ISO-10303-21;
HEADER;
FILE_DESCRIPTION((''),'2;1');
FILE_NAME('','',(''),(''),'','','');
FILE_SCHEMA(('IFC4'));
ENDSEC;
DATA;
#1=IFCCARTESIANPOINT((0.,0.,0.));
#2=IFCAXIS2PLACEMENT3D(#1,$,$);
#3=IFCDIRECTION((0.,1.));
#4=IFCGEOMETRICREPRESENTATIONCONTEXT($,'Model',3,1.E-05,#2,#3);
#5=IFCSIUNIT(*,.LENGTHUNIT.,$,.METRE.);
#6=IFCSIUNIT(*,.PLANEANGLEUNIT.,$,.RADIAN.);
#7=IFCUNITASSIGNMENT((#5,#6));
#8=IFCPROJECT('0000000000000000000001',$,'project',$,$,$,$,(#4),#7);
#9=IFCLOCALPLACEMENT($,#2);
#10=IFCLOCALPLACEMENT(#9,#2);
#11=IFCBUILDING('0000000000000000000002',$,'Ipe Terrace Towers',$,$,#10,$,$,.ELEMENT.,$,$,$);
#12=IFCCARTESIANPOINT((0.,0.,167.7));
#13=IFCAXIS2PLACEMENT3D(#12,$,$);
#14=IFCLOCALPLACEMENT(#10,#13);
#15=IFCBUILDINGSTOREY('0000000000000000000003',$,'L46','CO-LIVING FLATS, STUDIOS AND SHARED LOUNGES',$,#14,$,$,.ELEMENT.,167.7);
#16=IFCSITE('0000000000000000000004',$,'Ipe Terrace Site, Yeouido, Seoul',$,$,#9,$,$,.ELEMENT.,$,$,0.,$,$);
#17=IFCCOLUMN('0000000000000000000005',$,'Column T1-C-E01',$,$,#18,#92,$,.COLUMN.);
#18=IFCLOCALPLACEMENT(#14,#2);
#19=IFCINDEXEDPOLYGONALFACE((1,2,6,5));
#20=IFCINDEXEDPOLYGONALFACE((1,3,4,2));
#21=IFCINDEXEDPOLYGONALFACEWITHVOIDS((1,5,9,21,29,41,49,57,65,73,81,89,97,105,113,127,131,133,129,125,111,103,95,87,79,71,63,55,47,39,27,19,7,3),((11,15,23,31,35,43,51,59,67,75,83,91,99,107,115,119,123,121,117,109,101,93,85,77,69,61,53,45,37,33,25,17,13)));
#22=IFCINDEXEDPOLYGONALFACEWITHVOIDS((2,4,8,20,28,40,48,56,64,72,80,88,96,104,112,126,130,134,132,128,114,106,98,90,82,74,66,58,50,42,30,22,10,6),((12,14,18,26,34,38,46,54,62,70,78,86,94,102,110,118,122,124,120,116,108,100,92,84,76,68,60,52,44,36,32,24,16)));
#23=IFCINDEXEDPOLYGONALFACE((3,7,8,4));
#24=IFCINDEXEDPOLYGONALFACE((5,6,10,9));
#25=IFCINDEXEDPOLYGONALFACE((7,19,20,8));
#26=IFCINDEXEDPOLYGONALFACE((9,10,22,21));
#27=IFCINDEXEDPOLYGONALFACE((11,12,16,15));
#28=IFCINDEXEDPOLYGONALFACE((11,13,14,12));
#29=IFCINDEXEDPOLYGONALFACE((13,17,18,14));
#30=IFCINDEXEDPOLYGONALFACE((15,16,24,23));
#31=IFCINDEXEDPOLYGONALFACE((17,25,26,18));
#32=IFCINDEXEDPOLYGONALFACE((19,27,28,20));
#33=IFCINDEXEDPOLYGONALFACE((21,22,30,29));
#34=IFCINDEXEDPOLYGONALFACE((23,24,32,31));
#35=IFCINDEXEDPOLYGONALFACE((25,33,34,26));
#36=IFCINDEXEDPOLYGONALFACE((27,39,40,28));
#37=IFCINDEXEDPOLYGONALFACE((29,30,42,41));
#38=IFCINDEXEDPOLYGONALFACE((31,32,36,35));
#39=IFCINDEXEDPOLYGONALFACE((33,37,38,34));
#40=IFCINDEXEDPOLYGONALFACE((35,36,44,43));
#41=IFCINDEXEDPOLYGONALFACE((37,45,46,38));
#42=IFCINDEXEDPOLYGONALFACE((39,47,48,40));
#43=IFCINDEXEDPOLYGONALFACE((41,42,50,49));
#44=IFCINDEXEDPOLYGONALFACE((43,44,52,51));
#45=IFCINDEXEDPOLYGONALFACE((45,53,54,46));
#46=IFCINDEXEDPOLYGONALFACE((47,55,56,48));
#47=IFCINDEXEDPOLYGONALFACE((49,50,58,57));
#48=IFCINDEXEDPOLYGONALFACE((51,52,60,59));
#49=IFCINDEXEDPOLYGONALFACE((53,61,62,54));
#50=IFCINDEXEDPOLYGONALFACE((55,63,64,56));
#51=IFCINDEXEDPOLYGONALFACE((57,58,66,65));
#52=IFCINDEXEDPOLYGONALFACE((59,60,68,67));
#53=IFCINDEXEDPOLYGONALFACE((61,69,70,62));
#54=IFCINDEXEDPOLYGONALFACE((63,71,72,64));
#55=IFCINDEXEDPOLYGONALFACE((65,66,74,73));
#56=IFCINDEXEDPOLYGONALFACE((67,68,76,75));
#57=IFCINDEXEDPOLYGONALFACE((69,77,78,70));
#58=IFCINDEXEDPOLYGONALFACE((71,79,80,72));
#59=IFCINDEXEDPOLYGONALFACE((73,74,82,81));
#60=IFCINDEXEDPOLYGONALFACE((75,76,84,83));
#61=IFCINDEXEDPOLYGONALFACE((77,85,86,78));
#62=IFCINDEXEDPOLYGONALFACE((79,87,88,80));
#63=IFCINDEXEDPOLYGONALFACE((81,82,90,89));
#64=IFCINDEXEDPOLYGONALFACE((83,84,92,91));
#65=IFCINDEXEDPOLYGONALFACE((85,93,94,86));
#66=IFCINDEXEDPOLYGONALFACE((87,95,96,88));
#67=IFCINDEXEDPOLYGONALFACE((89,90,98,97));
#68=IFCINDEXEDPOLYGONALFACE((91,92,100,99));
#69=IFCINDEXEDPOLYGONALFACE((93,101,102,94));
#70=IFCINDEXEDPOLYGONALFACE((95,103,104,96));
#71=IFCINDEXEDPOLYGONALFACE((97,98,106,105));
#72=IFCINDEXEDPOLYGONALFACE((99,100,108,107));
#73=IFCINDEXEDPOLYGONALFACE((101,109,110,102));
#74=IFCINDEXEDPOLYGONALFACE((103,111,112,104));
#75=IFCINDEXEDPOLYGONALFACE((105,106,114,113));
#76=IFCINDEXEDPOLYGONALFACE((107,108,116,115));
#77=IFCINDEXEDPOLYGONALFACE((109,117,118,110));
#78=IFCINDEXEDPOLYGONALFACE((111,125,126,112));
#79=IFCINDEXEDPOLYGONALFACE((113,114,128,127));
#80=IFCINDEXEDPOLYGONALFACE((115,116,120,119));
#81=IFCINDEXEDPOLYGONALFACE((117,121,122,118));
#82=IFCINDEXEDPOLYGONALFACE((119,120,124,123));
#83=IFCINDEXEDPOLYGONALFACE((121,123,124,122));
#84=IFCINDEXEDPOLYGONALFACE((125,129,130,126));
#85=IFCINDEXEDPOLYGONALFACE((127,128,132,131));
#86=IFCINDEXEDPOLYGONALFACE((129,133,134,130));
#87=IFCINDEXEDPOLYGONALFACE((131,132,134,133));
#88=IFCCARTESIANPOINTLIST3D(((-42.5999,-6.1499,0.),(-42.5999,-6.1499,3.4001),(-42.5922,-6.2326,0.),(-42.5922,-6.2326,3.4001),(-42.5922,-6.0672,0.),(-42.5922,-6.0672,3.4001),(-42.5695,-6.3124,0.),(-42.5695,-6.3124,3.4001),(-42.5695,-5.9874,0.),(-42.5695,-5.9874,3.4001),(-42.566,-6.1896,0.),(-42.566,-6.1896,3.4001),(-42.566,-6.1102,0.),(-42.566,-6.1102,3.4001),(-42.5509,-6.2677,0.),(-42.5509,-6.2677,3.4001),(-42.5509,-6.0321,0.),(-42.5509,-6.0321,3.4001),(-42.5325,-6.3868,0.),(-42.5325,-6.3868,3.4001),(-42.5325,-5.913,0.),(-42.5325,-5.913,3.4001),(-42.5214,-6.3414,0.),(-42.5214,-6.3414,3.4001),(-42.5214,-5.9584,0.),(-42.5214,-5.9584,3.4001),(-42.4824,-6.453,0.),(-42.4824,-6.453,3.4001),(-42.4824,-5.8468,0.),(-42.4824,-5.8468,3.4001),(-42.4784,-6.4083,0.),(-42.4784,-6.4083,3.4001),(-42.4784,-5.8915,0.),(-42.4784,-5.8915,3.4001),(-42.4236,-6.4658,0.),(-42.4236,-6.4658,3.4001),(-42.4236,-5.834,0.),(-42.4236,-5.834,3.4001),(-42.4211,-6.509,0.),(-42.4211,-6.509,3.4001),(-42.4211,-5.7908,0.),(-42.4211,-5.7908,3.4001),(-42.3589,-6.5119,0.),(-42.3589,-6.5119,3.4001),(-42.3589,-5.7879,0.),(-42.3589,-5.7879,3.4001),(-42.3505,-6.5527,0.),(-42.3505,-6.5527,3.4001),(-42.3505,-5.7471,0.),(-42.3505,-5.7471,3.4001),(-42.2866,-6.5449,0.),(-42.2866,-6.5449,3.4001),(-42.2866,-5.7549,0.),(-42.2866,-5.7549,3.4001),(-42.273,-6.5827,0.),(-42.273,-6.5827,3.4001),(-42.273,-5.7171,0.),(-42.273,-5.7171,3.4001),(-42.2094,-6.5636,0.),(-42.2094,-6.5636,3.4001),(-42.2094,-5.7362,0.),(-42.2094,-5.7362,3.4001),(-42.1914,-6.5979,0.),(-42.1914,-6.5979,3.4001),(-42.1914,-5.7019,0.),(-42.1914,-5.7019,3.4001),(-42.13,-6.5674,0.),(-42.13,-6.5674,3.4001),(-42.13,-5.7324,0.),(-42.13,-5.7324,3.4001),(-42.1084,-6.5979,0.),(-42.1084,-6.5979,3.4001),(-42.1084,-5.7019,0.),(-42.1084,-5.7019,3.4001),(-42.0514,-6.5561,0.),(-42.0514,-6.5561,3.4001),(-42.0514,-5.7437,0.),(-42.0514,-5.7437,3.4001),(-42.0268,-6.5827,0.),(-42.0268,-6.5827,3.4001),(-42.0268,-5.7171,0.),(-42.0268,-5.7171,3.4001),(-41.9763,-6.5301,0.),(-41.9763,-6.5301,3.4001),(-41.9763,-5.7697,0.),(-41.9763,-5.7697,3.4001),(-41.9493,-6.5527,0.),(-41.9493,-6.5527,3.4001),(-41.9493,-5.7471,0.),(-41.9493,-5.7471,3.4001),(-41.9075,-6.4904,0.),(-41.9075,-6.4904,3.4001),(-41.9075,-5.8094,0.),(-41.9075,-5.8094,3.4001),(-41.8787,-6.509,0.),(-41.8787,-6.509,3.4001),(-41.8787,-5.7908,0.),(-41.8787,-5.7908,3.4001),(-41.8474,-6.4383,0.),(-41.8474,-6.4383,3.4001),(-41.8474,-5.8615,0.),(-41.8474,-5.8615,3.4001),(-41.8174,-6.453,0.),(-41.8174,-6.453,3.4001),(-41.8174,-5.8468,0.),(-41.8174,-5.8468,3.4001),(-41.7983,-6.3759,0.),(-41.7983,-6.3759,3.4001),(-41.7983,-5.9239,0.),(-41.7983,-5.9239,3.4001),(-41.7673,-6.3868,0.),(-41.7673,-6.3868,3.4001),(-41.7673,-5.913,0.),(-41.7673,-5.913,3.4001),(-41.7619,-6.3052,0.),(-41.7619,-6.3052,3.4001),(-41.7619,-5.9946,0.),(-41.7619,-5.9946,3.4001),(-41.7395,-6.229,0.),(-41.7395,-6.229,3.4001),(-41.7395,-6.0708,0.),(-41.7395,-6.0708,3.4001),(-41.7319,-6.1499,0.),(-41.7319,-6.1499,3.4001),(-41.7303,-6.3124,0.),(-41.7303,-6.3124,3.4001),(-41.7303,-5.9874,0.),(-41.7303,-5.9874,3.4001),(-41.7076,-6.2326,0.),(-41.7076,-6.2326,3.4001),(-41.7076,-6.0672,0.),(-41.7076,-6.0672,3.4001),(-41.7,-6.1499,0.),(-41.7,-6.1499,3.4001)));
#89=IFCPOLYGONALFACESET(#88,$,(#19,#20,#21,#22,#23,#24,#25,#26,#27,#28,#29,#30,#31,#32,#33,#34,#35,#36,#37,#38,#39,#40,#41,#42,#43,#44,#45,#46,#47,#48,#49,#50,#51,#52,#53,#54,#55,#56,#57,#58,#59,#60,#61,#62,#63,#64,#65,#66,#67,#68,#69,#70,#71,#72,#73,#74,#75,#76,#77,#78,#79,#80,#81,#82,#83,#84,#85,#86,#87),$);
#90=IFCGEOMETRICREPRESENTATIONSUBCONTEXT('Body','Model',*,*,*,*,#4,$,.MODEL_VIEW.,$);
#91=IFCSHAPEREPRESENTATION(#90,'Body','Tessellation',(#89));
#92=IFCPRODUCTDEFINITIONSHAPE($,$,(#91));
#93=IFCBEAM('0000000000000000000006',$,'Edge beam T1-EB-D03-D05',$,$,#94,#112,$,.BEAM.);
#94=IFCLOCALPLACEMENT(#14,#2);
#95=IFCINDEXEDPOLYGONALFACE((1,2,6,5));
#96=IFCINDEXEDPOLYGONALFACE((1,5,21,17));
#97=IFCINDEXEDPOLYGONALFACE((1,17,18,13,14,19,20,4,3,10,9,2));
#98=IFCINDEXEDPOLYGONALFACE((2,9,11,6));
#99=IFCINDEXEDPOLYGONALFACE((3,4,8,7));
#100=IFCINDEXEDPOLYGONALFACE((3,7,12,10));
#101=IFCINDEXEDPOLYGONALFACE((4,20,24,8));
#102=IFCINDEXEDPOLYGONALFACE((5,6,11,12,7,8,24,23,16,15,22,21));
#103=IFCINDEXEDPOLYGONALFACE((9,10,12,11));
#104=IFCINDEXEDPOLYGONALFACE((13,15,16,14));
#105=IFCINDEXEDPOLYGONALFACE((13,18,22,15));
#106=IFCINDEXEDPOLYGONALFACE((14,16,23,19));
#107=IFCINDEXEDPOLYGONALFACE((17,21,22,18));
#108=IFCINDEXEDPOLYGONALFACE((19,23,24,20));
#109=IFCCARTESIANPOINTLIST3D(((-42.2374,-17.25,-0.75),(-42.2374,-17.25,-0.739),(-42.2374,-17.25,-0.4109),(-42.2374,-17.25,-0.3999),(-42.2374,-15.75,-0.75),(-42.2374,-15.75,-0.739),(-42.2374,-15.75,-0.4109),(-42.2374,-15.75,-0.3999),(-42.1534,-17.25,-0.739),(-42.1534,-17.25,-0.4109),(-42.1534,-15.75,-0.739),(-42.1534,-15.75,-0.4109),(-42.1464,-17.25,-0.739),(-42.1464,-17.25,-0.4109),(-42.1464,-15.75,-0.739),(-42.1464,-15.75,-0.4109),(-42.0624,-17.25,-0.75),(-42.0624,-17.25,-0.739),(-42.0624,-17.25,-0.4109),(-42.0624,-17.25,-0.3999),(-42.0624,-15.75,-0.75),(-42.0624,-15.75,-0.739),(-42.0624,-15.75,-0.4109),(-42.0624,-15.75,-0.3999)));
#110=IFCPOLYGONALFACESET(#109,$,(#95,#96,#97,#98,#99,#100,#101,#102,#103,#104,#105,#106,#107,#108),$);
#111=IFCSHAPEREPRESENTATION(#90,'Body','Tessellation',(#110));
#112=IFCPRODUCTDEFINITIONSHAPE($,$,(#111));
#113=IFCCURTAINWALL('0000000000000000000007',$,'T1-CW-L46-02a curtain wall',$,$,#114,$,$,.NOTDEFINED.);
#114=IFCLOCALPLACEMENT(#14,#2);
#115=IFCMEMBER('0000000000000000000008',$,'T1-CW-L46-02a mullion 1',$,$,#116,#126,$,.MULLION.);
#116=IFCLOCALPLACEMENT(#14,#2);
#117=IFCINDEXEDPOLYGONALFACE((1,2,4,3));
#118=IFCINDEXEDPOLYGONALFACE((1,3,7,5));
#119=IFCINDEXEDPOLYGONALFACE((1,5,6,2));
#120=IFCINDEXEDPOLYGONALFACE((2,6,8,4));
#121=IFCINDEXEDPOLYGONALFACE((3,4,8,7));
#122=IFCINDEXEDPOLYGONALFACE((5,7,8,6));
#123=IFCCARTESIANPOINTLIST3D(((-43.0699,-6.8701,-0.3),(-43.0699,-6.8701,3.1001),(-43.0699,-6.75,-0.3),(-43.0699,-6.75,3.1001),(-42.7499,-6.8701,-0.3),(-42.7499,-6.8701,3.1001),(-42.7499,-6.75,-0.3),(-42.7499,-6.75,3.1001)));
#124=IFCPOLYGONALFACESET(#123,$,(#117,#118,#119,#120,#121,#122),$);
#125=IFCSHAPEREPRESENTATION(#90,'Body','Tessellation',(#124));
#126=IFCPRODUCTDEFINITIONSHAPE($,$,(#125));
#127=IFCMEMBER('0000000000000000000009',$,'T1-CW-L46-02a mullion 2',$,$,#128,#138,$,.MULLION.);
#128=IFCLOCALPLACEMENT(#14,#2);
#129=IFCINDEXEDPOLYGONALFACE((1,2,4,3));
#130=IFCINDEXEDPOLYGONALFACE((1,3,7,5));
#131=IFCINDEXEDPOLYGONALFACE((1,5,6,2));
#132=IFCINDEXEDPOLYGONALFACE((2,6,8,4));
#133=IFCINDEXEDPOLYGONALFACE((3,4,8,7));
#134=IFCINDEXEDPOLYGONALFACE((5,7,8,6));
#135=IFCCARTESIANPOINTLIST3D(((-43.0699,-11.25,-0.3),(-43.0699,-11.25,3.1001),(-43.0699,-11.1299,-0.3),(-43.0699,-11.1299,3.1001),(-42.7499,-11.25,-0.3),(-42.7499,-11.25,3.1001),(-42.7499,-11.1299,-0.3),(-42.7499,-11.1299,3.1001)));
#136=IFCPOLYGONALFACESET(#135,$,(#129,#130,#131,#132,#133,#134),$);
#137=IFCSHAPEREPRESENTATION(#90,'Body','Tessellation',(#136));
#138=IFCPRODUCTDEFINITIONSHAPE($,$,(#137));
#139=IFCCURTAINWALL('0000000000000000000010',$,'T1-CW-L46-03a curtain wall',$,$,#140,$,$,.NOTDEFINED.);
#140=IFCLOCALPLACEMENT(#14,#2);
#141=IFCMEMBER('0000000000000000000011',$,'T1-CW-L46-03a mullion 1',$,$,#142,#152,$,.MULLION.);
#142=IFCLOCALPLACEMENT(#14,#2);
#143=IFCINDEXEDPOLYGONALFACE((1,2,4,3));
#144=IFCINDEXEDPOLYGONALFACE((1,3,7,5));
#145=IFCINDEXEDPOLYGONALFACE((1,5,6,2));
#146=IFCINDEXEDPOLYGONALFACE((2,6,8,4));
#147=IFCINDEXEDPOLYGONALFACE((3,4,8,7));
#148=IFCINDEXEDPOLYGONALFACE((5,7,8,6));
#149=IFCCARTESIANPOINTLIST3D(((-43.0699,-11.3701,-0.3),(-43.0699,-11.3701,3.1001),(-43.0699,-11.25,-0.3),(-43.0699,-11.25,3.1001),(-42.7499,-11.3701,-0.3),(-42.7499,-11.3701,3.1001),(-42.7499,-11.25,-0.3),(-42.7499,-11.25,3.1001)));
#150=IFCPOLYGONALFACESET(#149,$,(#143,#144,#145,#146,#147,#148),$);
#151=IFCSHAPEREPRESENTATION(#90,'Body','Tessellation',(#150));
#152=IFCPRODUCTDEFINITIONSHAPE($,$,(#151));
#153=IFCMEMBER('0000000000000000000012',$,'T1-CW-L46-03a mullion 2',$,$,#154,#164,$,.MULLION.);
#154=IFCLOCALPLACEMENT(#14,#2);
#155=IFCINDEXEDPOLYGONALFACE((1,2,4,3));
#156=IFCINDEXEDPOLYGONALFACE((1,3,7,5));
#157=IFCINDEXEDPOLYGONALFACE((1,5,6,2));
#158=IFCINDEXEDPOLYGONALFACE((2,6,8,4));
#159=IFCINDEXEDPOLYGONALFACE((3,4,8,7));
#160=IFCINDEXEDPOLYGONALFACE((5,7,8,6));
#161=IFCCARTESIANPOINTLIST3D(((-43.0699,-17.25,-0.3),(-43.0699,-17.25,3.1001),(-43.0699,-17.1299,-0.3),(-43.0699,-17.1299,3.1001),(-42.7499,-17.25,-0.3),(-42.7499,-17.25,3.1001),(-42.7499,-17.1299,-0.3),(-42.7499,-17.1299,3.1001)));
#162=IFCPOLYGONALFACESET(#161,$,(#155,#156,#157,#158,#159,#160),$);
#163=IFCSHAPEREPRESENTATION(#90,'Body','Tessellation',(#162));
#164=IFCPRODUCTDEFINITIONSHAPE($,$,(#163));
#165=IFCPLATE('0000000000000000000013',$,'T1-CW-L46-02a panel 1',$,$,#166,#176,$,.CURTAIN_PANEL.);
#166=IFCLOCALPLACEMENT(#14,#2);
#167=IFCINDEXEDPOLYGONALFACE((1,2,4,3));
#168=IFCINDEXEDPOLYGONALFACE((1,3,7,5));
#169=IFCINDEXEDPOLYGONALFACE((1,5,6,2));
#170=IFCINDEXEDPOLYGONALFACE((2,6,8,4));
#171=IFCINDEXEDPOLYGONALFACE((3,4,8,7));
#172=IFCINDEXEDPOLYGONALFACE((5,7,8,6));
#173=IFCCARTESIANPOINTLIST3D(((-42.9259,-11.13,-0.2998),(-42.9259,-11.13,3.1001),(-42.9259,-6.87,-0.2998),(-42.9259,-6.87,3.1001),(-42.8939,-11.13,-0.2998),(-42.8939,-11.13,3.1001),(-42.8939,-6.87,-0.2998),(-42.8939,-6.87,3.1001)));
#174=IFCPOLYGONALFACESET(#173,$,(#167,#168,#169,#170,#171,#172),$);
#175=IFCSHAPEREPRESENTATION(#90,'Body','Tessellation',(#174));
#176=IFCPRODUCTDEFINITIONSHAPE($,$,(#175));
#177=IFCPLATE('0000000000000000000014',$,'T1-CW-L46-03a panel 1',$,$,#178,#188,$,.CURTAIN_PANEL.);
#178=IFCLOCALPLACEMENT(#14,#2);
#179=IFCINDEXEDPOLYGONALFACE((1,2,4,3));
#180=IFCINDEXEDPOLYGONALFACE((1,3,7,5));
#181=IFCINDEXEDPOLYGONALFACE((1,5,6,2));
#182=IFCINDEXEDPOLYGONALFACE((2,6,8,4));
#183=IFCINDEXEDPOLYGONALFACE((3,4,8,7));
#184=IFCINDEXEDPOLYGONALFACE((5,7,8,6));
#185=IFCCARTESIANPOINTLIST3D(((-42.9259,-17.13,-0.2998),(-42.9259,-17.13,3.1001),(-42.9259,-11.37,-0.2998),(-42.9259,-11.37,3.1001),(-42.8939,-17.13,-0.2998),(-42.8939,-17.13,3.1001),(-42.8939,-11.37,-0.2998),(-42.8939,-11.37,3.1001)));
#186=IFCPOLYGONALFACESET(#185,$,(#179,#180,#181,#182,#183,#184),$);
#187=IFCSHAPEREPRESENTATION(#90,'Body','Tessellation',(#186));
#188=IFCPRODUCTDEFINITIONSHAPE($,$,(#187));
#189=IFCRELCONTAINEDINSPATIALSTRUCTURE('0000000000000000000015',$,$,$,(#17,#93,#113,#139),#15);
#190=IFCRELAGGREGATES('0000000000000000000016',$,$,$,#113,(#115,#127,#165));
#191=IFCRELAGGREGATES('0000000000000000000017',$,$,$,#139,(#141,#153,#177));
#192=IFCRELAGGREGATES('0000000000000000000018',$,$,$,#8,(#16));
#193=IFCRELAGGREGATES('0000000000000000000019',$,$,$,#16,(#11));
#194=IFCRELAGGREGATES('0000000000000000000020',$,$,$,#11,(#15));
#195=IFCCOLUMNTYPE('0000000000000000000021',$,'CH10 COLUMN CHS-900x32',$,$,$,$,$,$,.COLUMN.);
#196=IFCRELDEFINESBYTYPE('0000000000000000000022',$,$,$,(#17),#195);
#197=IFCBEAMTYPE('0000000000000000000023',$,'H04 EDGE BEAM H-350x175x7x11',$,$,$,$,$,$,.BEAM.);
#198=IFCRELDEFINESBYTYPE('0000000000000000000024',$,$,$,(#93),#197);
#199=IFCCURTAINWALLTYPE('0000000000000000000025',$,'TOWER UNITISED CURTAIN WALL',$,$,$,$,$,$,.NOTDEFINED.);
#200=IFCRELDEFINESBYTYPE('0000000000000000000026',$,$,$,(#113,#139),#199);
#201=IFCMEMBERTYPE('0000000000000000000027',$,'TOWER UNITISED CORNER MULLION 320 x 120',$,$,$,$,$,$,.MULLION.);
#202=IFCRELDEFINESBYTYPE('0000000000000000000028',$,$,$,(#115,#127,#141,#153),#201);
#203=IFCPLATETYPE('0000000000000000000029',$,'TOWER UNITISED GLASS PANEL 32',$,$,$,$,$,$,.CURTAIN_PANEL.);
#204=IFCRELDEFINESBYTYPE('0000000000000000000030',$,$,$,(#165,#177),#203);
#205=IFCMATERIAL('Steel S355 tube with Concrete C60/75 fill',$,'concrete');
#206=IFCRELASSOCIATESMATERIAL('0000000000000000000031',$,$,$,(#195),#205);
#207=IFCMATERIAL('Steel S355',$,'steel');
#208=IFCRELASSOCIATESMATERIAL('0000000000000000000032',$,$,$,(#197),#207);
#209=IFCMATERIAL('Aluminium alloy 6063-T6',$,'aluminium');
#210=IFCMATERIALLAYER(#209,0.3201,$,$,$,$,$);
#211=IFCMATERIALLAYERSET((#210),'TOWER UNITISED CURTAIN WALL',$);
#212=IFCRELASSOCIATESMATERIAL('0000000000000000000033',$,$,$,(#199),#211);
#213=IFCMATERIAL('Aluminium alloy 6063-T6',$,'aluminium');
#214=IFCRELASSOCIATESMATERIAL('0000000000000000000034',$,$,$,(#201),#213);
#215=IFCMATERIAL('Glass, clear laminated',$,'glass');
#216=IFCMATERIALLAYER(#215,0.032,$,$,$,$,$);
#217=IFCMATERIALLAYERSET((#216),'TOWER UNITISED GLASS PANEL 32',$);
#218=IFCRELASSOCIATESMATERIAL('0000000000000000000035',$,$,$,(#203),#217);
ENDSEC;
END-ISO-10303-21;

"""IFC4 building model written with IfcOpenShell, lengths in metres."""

from ifc_helpers import new_model, si_unit, direction, frame, origin, origin_2d, place, context, subcontext, project, spatial, rectangle, hollow_circle, i_section, extrude, material, layer, layer_set, material_profile, profile_set, type_object, element, aggregate, save


model = new_model("IFC4")

# Units and contexts
model_context = context("Model", 3, precision=1e-05, world=origin(), true_north=direction((0.0, 1.0)))
body_context = subcontext(model_context, "Body", "Model", "MODEL_VIEW")
ifc_project = project(units=[si_unit("LENGTHUNIT", "METRE"), si_unit("PLANEANGLEUNIT", "RADIAN")], contexts=[model_context])

# Site, building, storey
site_placement = place(None, origin())
site = spatial("IfcSite", under=ifc_project, at=site_placement, Name="Ipe Terrace Site, Yeouido, Seoul", CompositionType="ELEMENT", RefElevation=0.0)
building_placement = place(site_placement, origin())
building = spatial("IfcBuilding", under=site, at=building_placement, Name="Ipe Terrace Towers", CompositionType="ELEMENT")
storey_placement = place(building_placement, frame((0.0, 0.0, 167.7)))
storey = spatial("IfcBuildingStorey", under=building, at=storey_placement, Name="L46", Description="CO-LIVING FLATS, STUDIOS AND SHARED LOUNGES", CompositionType="ELEMENT", Elevation=167.7)

# Column
ifc_material_1 = material(Name="Steel S355 tube with Concrete C60/75 fill", Category="concrete")
ifc_material_profile_1 = material_profile(ifc_material_1, hollow_circle(Radius=0.45, WallThickness=0.032, at=origin_2d()), Name="CHS-900x32")
ifc_profile_set_1 = profile_set([ifc_material_profile_1], Name="Steel S355 tube with Concrete C60/75 fill")
column_type_1 = type_object("IfcColumnType", Name="CH10 COLUMN CHS-900x32", PredefinedType="COLUMN", material=ifc_profile_set_1)
column_placement = place(storey_placement, frame((-42.1499, -6.1499, 0.0), z_axis=(0.0, 0.0, 1.0), x_axis=(1.0, 0.0, 0.0)))
element("IfcColumn", 1, at=column_placement, inside=storey, type_object=column_type_1, Name="Column T1-C-E01", PredefinedType="COLUMN", context=body_context, shape_type="SweptSolid", body=[
    extrude(hollow_circle(Radius=0.45, WallThickness=0.032, at=origin_2d()), origin(), (0.0, 0.0, 1.0), 3.4001),
])

# Beam
ifc_material_2 = material(Name="Steel S355", Category="steel")
ifc_material_profile_2 = material_profile(ifc_material_2, i_section(OverallWidth=0.175, OverallDepth=0.3501, WebThickness=0.0071, FlangeThickness=0.011, at=origin_2d()), Name="H-350x175x7x11")
ifc_profile_set_2 = profile_set([ifc_material_profile_2], Name="Steel S355")
beam_type = type_object("IfcBeamType", Name="H04 EDGE BEAM H-350x175x7x11", PredefinedType="BEAM", material=ifc_profile_set_2)
beam_placement = place(storey_placement, frame((-42.1499, -15.75, -0.575), z_axis=(0.0, -1.0, 0.0), x_axis=(1.0, 0.0, 0.0)))
element("IfcBeam", 2, at=beam_placement, inside=storey, type_object=beam_type, Name="Edge beam T1-EB-D03-D05", PredefinedType="BEAM", context=body_context, shape_type="SweptSolid", body=[
    extrude(i_section(OverallWidth=0.175, OverallDepth=0.3501, WebThickness=0.0071, FlangeThickness=0.011, at=origin_2d()), origin(), (0.0, 0.0, 1.0), 1.5),
])

# Curtain walls, members
ifc_material_3 = material(Name="Aluminium alloy 6063-T6", Category="aluminium")
ifc_layer_1 = layer(ifc_material_3, 0.3201)
ifc_layer_set_1 = layer_set([ifc_layer_1], Name="TOWER UNITISED CURTAIN WALL")
curtain_wall_type = type_object("IfcCurtainWallType", Name="TOWER UNITISED CURTAIN WALL", PredefinedType="NOTDEFINED", material=ifc_layer_set_1)
curtain_wall_1_placement = place(storey_placement, origin())
curtain_wall_1 = element("IfcCurtainWall", 3, at=curtain_wall_1_placement, inside=storey, type_object=curtain_wall_type, Name="T1-CW-L46-02a curtain wall", PredefinedType="NOTDEFINED")
ifc_material_4 = material(Name="Aluminium alloy 6063-T6", Category="aluminium")
ifc_material_profile_3 = material_profile(ifc_material_4, rectangle(XDim=0.3201, YDim=0.1201, at=origin_2d()), Name="TOWER UNITISED CORNER MULLION 320 x 120")
ifc_profile_set_3 = profile_set([ifc_material_profile_3], Name="Aluminium alloy 6063-T6")
member_type = type_object("IfcMemberType", Name="TOWER UNITISED CORNER MULLION 320 x 120", PredefinedType="MULLION", material=ifc_profile_set_3)
member_1_placement = place(storey_placement, frame((-42.9099, -6.8101, -0.3), z_axis=(0.0, 0.0, 1.0), x_axis=(-1.0, 0.0, 0.0)))
member_1 = element("IfcMember", 4, at=member_1_placement, type_object=member_type, Name="T1-CW-L46-02a mullion 1", PredefinedType="MULLION", context=body_context, shape_type="SweptSolid", body=[
    extrude(rectangle(XDim=0.3201, YDim=0.1201, at=origin_2d()), origin(), (0.0, 0.0, 1.0), 3.4001),
])
member_2_placement = place(storey_placement, frame((-42.9099, -11.1899, -0.3), z_axis=(0.0, 0.0, 1.0), x_axis=(-1.0, 0.0, 0.0)))
member_2 = element("IfcMember", 5, at=member_2_placement, type_object=member_type, Name="T1-CW-L46-02a mullion 2", PredefinedType="MULLION", context=body_context, shape_type="SweptSolid", body=[
    extrude(rectangle(XDim=0.3201, YDim=0.1201, at=origin_2d()), origin(), (0.0, 0.0, 1.0), 3.4001),
])
curtain_wall_2_placement = place(storey_placement, origin())
curtain_wall_2 = element("IfcCurtainWall", 6, at=curtain_wall_2_placement, inside=storey, type_object=curtain_wall_type, Name="T1-CW-L46-03a curtain wall", PredefinedType="NOTDEFINED")
member_3_placement = place(storey_placement, frame((-42.9099, -11.3101, -0.3), z_axis=(0.0, 0.0, 1.0), x_axis=(-1.0, 0.0, 0.0)))
member_3 = element("IfcMember", 7, at=member_3_placement, type_object=member_type, Name="T1-CW-L46-03a mullion 1", PredefinedType="MULLION", context=body_context, shape_type="SweptSolid", body=[
    extrude(rectangle(XDim=0.3201, YDim=0.1201, at=origin_2d()), origin(), (0.0, 0.0, 1.0), 3.4001),
])
member_4_placement = place(storey_placement, frame((-42.9099, -17.1899, -0.3), z_axis=(0.0, 0.0, 1.0), x_axis=(-1.0, 0.0, 0.0)))
member_4 = element("IfcMember", 8, at=member_4_placement, type_object=member_type, Name="T1-CW-L46-03a mullion 2", PredefinedType="MULLION", context=body_context, shape_type="SweptSolid", body=[
    extrude(rectangle(XDim=0.3201, YDim=0.1201, at=origin_2d()), origin(), (0.0, 0.0, 1.0), 3.4001),
])

# Plates
ifc_material_5 = material(Name="Glass, clear laminated", Category="glass")
ifc_layer_2 = layer(ifc_material_5, 0.032)
ifc_layer_set_2 = layer_set([ifc_layer_2], Name="TOWER UNITISED GLASS PANEL 32")
plate_type = type_object("IfcPlateType", Name="TOWER UNITISED GLASS PANEL 32", PredefinedType="CURTAIN_PANEL", material=ifc_layer_set_2)
plate_1_placement = place(storey_placement, frame((-42.9099, -9.0, -0.2998), z_axis=(0.0, 0.0, 1.0), x_axis=(0.0, -1.0, 0.0)))
plate_1 = element("IfcPlate", 9, at=plate_1_placement, type_object=plate_type, Name="T1-CW-L46-02a panel 1", PredefinedType="CURTAIN_PANEL", context=body_context, shape_type="SweptSolid", body=[
    extrude(rectangle(XDim=4.26, YDim=0.032, at=origin_2d()), origin(), (0.0, 0.0, 1.0), 3.3999),
])
aggregate(curtain_wall_1, [member_1, member_2, plate_1])
plate_2_placement = place(storey_placement, frame((-42.9099, -14.25, -0.2998), z_axis=(0.0, 0.0, 1.0), x_axis=(0.0, -1.0, 0.0)))
plate_2 = element("IfcPlate", 10, at=plate_2_placement, type_object=plate_type, Name="T1-CW-L46-03a panel 1", PredefinedType="CURTAIN_PANEL", context=body_context, shape_type="SweptSolid", body=[
    extrude(rectangle(XDim=5.76, YDim=0.032, at=origin_2d()), origin(), (0.0, 0.0, 1.0), 3.3999),
])
aggregate(curtain_wall_2, [member_3, member_4, plate_2])

save(model, "model.ifc")
